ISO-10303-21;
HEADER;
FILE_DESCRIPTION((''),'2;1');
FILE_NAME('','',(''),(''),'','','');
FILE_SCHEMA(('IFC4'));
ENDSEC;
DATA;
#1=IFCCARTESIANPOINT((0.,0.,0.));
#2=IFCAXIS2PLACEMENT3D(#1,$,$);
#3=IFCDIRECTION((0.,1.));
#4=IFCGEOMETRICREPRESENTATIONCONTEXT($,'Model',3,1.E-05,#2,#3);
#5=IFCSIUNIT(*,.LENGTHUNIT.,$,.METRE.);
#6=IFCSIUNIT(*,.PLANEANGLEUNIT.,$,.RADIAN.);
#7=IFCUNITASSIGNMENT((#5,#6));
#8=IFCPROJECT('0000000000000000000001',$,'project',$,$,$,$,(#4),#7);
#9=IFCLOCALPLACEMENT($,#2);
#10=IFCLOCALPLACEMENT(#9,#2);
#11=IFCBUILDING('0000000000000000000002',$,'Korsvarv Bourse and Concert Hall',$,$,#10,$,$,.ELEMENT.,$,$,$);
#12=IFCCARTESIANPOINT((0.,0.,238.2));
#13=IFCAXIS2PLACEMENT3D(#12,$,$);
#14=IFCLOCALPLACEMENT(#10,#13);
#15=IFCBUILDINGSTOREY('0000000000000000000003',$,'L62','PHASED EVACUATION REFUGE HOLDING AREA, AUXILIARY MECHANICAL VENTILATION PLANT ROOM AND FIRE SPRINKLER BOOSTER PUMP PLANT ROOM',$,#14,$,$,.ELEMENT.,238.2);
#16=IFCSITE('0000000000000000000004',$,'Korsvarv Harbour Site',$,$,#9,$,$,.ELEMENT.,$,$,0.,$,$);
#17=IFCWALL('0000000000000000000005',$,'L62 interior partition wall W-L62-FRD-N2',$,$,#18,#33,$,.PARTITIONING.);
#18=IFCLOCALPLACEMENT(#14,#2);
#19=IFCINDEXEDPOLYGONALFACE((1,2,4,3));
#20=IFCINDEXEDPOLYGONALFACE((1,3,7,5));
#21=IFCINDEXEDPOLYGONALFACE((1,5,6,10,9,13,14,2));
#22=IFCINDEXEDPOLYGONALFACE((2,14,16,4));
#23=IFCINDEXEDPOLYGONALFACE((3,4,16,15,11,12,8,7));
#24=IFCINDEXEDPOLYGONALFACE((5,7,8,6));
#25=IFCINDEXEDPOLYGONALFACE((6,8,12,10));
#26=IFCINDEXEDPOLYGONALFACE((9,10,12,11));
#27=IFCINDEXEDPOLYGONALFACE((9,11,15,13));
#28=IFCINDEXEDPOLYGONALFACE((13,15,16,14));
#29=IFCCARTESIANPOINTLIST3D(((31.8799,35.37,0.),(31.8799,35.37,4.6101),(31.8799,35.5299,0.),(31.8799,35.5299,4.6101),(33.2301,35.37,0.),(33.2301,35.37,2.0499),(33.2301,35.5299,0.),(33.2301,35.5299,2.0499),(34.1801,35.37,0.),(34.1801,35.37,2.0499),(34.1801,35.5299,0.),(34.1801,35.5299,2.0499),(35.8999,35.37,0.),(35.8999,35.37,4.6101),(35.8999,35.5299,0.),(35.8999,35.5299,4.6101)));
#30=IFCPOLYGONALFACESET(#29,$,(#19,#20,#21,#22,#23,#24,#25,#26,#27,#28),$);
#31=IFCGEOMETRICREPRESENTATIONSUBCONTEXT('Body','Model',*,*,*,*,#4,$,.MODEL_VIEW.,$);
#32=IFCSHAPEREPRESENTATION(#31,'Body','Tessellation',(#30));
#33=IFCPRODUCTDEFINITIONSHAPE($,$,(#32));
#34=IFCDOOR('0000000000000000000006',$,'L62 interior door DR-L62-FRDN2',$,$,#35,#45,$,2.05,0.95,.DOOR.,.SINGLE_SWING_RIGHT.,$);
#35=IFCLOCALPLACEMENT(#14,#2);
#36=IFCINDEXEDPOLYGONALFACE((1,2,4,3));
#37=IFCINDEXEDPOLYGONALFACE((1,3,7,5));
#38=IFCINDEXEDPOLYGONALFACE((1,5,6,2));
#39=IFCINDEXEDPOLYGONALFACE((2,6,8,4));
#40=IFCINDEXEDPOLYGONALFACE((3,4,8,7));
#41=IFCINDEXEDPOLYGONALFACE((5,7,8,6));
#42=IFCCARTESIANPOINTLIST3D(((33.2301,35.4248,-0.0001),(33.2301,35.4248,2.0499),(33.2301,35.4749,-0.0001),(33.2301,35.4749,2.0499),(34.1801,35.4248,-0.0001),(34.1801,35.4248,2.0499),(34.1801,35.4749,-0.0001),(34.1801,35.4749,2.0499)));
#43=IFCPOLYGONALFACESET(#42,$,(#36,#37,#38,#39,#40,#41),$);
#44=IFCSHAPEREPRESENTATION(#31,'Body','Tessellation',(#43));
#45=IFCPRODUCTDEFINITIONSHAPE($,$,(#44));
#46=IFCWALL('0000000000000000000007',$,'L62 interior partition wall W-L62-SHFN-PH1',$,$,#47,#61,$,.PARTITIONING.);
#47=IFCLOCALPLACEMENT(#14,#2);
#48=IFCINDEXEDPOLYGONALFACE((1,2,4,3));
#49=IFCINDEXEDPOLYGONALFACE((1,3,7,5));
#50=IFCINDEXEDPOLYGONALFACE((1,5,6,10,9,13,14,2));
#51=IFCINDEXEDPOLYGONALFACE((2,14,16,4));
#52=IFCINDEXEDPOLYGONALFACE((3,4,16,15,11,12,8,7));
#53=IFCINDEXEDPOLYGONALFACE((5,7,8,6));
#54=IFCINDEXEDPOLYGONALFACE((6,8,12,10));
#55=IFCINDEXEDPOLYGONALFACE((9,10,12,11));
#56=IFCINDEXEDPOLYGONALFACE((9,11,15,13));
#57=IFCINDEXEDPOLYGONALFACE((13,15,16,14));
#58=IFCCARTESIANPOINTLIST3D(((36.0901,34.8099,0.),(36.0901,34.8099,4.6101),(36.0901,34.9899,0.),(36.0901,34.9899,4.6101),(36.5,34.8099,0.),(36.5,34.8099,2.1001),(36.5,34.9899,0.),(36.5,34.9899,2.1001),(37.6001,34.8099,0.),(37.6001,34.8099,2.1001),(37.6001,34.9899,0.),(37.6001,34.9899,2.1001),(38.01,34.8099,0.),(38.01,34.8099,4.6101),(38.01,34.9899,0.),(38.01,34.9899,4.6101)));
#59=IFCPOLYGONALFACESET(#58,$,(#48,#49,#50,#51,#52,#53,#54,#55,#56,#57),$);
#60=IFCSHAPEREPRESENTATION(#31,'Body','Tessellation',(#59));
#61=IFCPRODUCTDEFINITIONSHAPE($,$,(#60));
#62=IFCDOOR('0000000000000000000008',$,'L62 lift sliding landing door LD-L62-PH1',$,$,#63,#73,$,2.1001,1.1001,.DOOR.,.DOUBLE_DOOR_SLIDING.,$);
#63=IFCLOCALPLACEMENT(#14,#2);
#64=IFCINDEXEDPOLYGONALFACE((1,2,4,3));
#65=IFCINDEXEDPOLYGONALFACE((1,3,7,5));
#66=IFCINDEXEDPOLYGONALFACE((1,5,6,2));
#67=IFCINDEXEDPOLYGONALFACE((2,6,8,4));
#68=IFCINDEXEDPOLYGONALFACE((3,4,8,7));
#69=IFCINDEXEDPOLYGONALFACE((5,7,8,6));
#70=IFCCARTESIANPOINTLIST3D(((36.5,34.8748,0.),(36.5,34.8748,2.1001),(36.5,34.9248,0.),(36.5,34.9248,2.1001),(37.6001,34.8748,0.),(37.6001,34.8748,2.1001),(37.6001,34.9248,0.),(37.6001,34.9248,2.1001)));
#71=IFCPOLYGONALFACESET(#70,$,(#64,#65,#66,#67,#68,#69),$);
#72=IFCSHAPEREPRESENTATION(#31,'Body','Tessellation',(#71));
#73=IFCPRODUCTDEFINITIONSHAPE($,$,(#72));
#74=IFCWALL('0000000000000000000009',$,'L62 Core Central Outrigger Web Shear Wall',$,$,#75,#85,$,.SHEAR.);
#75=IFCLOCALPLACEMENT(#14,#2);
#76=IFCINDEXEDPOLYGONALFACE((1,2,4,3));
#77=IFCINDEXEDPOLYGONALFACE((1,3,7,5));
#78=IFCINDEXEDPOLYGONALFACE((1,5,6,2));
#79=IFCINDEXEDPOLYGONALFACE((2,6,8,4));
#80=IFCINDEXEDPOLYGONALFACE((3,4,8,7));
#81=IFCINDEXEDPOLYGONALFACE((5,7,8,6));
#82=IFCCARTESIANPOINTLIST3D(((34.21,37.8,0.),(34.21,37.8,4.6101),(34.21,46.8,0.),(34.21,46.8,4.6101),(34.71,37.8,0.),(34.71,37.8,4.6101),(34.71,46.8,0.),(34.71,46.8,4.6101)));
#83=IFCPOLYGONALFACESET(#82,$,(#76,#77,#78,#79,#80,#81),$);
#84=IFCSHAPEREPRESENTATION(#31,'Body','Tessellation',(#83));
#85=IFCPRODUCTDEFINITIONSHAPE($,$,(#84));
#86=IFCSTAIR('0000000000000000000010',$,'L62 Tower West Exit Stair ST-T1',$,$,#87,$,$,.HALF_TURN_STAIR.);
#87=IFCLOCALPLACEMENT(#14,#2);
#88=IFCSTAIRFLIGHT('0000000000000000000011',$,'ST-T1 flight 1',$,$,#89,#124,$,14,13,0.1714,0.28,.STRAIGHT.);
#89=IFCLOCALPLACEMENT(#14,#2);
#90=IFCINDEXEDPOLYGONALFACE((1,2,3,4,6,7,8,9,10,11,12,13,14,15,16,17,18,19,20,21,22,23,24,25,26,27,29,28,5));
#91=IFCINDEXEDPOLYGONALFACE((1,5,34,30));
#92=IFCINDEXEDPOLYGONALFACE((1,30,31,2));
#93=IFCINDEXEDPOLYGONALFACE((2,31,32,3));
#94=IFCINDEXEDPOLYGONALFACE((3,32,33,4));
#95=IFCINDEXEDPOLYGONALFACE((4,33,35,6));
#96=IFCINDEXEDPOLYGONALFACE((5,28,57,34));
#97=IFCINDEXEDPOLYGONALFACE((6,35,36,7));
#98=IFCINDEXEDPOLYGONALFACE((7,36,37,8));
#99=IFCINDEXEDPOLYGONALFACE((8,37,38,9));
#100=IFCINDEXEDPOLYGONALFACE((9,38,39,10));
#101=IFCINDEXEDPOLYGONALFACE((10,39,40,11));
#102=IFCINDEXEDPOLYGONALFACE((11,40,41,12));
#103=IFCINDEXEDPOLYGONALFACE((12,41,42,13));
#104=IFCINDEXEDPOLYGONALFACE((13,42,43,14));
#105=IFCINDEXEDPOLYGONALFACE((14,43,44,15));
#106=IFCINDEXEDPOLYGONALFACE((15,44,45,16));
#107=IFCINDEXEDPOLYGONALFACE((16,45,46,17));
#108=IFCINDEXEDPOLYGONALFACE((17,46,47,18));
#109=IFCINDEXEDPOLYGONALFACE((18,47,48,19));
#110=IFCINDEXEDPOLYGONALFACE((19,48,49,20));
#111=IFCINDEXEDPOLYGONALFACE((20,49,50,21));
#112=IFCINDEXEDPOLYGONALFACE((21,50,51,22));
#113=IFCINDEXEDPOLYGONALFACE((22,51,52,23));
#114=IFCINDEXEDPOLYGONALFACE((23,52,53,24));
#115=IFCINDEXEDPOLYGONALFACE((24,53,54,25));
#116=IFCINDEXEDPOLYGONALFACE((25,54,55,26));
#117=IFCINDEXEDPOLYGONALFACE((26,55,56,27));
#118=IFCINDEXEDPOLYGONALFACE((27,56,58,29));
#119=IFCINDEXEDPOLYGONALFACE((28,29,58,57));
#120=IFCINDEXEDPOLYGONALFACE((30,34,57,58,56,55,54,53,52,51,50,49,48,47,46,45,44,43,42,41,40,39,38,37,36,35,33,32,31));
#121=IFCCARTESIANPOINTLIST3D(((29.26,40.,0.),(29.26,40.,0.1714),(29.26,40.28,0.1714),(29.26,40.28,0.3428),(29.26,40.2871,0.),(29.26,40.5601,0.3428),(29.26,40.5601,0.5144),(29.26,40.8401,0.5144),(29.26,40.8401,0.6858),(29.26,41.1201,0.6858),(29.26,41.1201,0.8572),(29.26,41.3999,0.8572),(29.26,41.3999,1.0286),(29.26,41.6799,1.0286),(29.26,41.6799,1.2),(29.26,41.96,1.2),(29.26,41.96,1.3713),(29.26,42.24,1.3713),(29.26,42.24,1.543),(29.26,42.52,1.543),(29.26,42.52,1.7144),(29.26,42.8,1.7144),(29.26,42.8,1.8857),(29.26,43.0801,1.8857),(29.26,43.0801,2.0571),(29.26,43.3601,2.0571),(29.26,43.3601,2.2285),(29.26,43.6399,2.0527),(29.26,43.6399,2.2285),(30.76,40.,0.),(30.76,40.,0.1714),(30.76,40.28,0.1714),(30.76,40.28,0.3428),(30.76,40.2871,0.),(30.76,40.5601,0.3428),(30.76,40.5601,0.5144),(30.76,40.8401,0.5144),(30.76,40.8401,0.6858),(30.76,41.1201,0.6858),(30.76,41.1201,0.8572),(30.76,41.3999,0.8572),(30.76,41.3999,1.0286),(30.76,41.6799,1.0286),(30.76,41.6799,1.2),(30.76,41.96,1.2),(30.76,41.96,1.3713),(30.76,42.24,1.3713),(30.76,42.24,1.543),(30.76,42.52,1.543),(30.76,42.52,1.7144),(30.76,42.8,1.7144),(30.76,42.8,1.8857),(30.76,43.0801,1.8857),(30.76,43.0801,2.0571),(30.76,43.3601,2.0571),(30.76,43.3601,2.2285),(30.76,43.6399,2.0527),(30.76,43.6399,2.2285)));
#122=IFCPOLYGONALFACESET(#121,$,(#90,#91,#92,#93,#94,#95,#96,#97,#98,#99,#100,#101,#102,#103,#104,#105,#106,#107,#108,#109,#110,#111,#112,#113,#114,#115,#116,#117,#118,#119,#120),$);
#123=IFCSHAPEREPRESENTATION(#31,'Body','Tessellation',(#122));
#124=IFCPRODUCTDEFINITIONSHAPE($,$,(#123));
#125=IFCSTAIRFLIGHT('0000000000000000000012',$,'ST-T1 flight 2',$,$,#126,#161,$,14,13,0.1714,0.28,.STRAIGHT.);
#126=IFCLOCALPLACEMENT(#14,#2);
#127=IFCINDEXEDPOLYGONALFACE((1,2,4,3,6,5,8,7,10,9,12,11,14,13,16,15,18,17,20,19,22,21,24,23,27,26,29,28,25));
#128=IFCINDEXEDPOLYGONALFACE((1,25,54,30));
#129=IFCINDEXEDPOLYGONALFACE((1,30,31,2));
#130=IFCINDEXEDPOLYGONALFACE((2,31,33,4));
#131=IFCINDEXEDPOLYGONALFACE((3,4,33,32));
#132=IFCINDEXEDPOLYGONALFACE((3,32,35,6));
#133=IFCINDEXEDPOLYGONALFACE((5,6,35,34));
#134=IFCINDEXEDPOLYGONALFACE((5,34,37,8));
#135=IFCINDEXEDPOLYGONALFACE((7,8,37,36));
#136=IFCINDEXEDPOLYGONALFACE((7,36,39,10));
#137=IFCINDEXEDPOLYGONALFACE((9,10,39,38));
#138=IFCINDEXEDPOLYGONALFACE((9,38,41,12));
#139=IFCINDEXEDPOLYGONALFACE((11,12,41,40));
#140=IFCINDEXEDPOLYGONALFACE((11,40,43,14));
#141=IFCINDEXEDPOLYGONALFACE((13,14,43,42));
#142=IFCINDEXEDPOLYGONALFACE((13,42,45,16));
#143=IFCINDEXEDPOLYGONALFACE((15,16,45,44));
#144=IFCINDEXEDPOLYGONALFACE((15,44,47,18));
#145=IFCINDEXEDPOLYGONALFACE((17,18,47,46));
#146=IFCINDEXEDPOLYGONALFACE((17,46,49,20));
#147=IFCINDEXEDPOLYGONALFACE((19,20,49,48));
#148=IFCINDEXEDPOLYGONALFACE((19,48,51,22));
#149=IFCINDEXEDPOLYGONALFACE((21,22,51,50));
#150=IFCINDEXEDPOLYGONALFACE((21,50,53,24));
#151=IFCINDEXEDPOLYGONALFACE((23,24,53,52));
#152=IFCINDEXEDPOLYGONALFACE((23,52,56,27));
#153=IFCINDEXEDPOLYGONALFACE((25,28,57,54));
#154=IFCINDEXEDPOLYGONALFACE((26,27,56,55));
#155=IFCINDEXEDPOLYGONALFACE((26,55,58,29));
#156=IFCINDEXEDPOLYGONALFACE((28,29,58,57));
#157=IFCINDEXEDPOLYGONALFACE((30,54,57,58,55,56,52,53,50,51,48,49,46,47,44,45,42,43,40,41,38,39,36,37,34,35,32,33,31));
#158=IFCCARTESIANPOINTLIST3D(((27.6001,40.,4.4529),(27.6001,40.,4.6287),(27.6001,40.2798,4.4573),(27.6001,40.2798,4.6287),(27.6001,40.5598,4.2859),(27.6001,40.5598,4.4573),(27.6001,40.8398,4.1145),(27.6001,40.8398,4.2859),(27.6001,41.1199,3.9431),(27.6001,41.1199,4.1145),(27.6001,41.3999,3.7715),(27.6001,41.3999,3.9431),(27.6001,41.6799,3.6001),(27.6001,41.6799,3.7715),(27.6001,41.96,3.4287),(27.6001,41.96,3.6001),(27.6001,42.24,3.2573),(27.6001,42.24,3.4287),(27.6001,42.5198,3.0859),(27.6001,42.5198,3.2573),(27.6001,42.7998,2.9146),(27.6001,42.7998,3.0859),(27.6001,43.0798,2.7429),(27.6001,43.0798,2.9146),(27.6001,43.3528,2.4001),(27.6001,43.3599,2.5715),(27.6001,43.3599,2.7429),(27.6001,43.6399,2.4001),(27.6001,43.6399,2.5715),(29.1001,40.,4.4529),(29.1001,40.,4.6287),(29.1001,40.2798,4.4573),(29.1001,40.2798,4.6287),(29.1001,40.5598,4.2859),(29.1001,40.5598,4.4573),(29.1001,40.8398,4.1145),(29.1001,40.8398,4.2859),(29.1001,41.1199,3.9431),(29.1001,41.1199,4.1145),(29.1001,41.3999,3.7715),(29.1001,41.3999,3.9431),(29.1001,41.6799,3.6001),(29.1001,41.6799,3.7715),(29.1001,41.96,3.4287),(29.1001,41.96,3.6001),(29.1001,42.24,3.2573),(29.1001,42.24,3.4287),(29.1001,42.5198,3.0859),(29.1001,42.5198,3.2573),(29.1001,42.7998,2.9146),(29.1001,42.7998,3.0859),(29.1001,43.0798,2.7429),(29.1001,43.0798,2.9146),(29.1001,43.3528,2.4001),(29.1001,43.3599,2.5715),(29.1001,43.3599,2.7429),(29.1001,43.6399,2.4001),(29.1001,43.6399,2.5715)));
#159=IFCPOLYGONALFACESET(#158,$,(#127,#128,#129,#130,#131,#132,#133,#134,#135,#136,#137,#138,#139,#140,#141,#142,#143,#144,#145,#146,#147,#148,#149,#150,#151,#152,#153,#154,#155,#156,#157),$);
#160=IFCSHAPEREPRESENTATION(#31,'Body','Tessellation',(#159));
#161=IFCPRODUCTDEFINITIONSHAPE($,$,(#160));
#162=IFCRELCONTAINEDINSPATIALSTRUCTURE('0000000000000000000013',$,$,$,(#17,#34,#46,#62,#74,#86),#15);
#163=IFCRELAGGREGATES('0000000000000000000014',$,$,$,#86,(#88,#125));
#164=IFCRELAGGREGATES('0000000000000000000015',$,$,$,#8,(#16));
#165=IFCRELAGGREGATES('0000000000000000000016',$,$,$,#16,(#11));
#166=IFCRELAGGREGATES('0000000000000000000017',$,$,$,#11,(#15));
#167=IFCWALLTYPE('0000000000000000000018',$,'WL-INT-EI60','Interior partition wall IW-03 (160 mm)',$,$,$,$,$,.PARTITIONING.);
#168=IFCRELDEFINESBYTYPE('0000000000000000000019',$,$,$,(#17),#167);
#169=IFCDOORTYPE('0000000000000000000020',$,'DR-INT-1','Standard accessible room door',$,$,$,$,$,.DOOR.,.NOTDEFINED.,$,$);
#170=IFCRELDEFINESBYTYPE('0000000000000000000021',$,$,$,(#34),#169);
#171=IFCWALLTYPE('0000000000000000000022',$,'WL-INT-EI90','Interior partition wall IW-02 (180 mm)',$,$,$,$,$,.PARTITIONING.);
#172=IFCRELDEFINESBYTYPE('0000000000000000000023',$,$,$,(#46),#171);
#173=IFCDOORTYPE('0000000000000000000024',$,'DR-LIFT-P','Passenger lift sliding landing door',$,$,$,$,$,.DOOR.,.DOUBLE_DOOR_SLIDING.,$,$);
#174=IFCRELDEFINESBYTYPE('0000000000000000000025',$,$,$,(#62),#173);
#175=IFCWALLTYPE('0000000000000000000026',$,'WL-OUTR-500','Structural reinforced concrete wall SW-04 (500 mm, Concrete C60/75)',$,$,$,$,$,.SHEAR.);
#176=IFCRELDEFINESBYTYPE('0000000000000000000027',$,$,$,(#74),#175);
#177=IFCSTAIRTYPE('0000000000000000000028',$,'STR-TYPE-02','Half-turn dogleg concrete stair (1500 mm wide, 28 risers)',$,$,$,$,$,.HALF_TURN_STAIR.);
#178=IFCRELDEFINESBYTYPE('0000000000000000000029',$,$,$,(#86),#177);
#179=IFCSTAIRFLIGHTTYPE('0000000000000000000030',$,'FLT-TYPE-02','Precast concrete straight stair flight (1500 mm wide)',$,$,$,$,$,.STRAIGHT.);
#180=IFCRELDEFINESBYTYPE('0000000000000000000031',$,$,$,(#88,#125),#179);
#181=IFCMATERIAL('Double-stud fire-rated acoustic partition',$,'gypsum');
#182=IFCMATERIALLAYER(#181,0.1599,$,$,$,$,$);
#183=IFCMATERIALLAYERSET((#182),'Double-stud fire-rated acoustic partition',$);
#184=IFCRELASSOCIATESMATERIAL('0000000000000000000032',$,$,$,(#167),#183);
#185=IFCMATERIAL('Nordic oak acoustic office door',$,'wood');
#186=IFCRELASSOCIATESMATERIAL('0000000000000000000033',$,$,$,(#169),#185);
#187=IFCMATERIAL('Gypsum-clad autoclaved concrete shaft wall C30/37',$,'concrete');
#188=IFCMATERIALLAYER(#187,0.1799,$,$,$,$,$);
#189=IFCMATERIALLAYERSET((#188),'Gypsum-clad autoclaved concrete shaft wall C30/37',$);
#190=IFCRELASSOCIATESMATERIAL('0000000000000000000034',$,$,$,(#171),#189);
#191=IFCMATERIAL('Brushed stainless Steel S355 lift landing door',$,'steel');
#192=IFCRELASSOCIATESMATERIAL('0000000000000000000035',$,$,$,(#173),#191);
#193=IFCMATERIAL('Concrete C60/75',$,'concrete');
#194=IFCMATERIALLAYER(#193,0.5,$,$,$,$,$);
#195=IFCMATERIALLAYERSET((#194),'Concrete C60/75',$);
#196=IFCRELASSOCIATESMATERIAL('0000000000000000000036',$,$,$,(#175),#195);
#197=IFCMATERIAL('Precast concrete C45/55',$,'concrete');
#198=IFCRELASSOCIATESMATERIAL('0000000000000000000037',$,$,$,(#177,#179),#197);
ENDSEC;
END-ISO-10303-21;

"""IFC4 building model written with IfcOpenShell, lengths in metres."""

from ifc_helpers import new_model, si_unit, direction, frame, frame_2d, origin, place, context, subcontext, project, spatial, polyline, rectangle, outline, extrude, material, layer, layer_set, type_object, element, fill, aggregate, save


model = new_model("IFC4")

# Units and contexts
model_context = context("Model", 3, precision=1e-05, world=origin(), true_north=direction((0.0, 1.0)))
body_context = subcontext(model_context, "Body", "Model", "MODEL_VIEW")
ifc_project = project(units=[si_unit("LENGTHUNIT", "METRE"), si_unit("PLANEANGLEUNIT", "RADIAN")], contexts=[model_context])

# Site, building, storey
site_placement = place(None, origin())
site = spatial("IfcSite", under=ifc_project, at=site_placement, Name="Korsvarv Harbour Site", CompositionType="ELEMENT", RefElevation=0.0)
building_placement = place(site_placement, origin())
building = spatial("IfcBuilding", under=site, at=building_placement, Name="Korsvarv Bourse and Concert Hall", CompositionType="ELEMENT")
storey_placement = place(building_placement, frame((0.0, 0.0, 238.2)))
storey = spatial("IfcBuildingStorey", under=building, at=storey_placement, Name="L62", Description="PHASED EVACUATION REFUGE HOLDING AREA, AUXILIARY MECHANICAL VENTILATION PLANT ROOM AND FIRE SPRINKLER BOOSTER PUMP PLANT ROOM", CompositionType="ELEMENT", Elevation=238.2)

# Shared definitions
ifc_material_1 = material(Name="Double-stud fire-rated acoustic partition", Category="gypsum")
ifc_layer_1 = layer(ifc_material_1, 0.1599)
ifc_layer_set_1 = layer_set([ifc_layer_1], Name="Double-stud fire-rated acoustic partition")
wall_type_1 = type_object("IfcWallType", Name="WL-INT-EI60", Description="Interior partition wall IW-03 (160 mm)", PredefinedType="PARTITIONING", material=ifc_layer_set_1)

# Walls, openings, doors
ifc_material_2 = material(Name="Nordic oak acoustic office door", Category="wood")
door_type_1 = type_object("IfcDoorType", Name="DR-INT-1", Description="Standard accessible room door", OperationType="NOTDEFINED", PredefinedType="DOOR", material=ifc_material_2)
wall_1_placement = place(storey_placement, frame((31.8799, 35.45, 0.0), z_axis=(0.0, 0.0, 1.0), x_axis=(1.0, 0.0, 0.0)))
wall_1 = element("IfcWall", 1, at=wall_1_placement, inside=storey, type_object=wall_type_1, Name="L62 interior partition wall W-L62-FRD-N2", PredefinedType="PARTITIONING", context=body_context, shape_type="SweptSolid", body=[
    extrude(rectangle(XDim=4.02, YDim=0.1599, at=frame_2d((2.01, 0.0))), origin(), (0.0, 0.0, 1.0), 4.6101),
])
opening_1_placement = place(wall_1_placement, frame((1.3501, 0.0, 0.0)))
opening_1 = element("IfcOpeningElement", 2, at=opening_1_placement, cuts=wall_1, PredefinedType="OPENING", context=body_context, shape_type="SweptSolid", body=[
    extrude(rectangle(XDim=0.95, YDim=2.05, at=frame_2d((0.4751, 1.0249))), frame((0.0, 0.0898, 0.0), z_axis=(0.0, -1.0, 0.0), x_axis=(1.0, 0.0, 0.0)), (0.0, 0.0, 1.0), 0.1799),
])
door_1_placement = place(opening_1_placement, origin())
door_1 = element("IfcDoor", 3, at=door_1_placement, inside=storey, type_object=door_type_1, Name="L62 interior door DR-L62-FRDN2", OperationType="SINGLE_SWING_RIGHT", OverallHeight=2.05, OverallWidth=0.95, PredefinedType="DOOR", context=body_context, shape_type="SweptSolid", body=[
    extrude(rectangle(XDim=0.95, YDim=2.05, at=frame_2d((0.4751, 1.0249))), frame((0.0, 0.0249, 0.0), z_axis=(0.0, -1.0, 0.0), x_axis=(1.0, 0.0, 0.0)), (0.0, 0.0, 1.0), 0.05),
])
fill(opening_1, door_1)
ifc_material_3 = material(Name="Gypsum-clad autoclaved concrete shaft wall C30/37", Category="concrete")
ifc_layer_2 = layer(ifc_material_3, 0.1799)
ifc_layer_set_2 = layer_set([ifc_layer_2], Name="Gypsum-clad autoclaved concrete shaft wall C30/37")
wall_type_2 = type_object("IfcWallType", Name="WL-INT-EI90", Description="Interior partition wall IW-02 (180 mm)", PredefinedType="PARTITIONING", material=ifc_layer_set_2)
wall_2_placement = place(storey_placement, frame((36.0901, 34.8999, 0.0), z_axis=(0.0, 0.0, 1.0), x_axis=(1.0, 0.0, 0.0)))
wall_2 = element("IfcWall", 4, at=wall_2_placement, inside=storey, type_object=wall_type_2, Name="L62 interior partition wall W-L62-SHFN-PH1", PredefinedType="PARTITIONING", context=body_context, shape_type="SweptSolid", body=[
    extrude(rectangle(XDim=1.9199, YDim=0.1799, at=frame_2d((0.96, 0.0))), origin(), (0.0, 0.0, 1.0), 4.6101),
])
opening_2_placement = place(wall_2_placement, frame((0.4099, 0.0, 0.0)))
opening_2 = element("IfcOpeningElement", 5, at=opening_2_placement, cuts=wall_2, PredefinedType="OPENING", context=body_context, shape_type="SweptSolid", body=[
    extrude(rectangle(XDim=1.1001, YDim=2.1001, at=frame_2d((0.55, 1.05))), frame((0.0, 0.1001, 0.0), z_axis=(0.0, -1.0, 0.0), x_axis=(1.0, 0.0, 0.0)), (0.0, 0.0, 1.0), 0.2),
])
ifc_material_4 = material(Name="Brushed stainless Steel S355 lift landing door", Category="steel")
door_type_2 = type_object("IfcDoorType", Name="DR-LIFT-P", Description="Passenger lift sliding landing door", OperationType="DOUBLE_DOOR_SLIDING", PredefinedType="DOOR", material=ifc_material_4)
door_2_placement = place(opening_2_placement, origin())
door_2 = element("IfcDoor", 6, at=door_2_placement, inside=storey, type_object=door_type_2, Name="L62 lift sliding landing door LD-L62-PH1", OperationType="DOUBLE_DOOR_SLIDING", OverallHeight=2.1001, OverallWidth=1.1001, PredefinedType="DOOR", context=body_context, shape_type="SweptSolid", body=[
    extrude(rectangle(XDim=1.1001, YDim=2.1001, at=frame_2d((0.55, 1.05))), frame((0.0, 0.0249, 0.0), z_axis=(0.0, -1.0, 0.0), x_axis=(1.0, 0.0, 0.0)), (0.0, 0.0, 1.0), 0.05),
])
fill(opening_2, door_2)

# Wall
ifc_material_5 = material(Name="Concrete C60/75", Category="concrete")
ifc_layer_3 = layer(ifc_material_5, 0.5)
ifc_layer_set_3 = layer_set([ifc_layer_3], Name="Concrete C60/75")
wall_type_3 = type_object("IfcWallType", Name="WL-OUTR-500", Description="Structural reinforced concrete wall SW-04 (500 mm, Concrete C60/75)", PredefinedType="SHEAR", material=ifc_layer_set_3)
wall_3_placement = place(storey_placement, frame((34.46, 37.8, 0.0), z_axis=(0.0, 0.0, 1.0), x_axis=(0.0, 1.0, 0.0)))
element("IfcWall", 7, at=wall_3_placement, inside=storey, type_object=wall_type_3, Name="L62 Core Central Outrigger Web Shear Wall", PredefinedType="SHEAR", context=body_context, shape_type="SweptSolid", body=[
    extrude(rectangle(XDim=9.0, YDim=0.5, at=frame_2d((4.5, 0.0))), origin(), (0.0, 0.0, 1.0), 4.6101),
])

# Stair, stair flights
ifc_material_6 = material(Name="Precast concrete C45/55", Category="concrete")
stair_type = type_object("IfcStairType", Name="STR-TYPE-02", Description="Half-turn dogleg concrete stair (1500 mm wide, 28 risers)", PredefinedType="HALF_TURN_STAIR", material=ifc_material_6)
stair_placement = place(storey_placement, origin())
stair = element("IfcStair", 8, at=stair_placement, inside=storey, type_object=stair_type, Name="L62 Tower West Exit Stair ST-T1", PredefinedType="HALF_TURN_STAIR")
stair_flight_type = type_object("IfcStairFlightType", Name="FLT-TYPE-02", Description="Precast concrete straight stair flight (1500 mm wide)", PredefinedType="STRAIGHT", material=ifc_material_6)
stair_flight_1_placement = place(storey_placement, frame((30.01, 40.0, 0.0), z_axis=(0.0, 0.0, 1.0), x_axis=(0.0, 1.0, 0.0)))
stair_flight_1 = element("IfcStairFlight", 9, at=stair_flight_1_placement, type_object=stair_flight_type, Name="ST-T1 flight 1", NumberOfRisers=14, NumberOfTreads=13, PredefinedType="STRAIGHT", RiserHeight=0.1714, TreadLength=0.28, context=body_context, shape_type="SweptSolid", body=[
    extrude(outline(polyline([(0.0, 0.0), (0.0, 0.1714), (0.28, 0.1714), (0.28, 0.3428), (0.5601, 0.3428), (0.5601, 0.5144), (0.8401, 0.5144), (0.8401, 0.6858), (1.1201, 0.6858), (1.1201, 0.8572), (1.3999, 0.8572), (1.3999, 1.0286), (1.6799, 1.0286), (1.6799, 1.2), (1.96, 1.2), (1.96, 1.3713), (2.24, 1.3713), (2.24, 1.543), (2.52, 1.543), (2.52, 1.7144), (2.8, 1.7144), (2.8, 1.8857), (3.0801, 1.8857), (3.0801, 2.0571), (3.3601, 2.0571), (3.3601, 2.2285), (3.6399, 2.2285), (3.6399, 2.3999), (3.6399, 2.0527), (0.2871, 0.0), (0.0, 0.0)])), frame((0.0, 0.75, 0.0), z_axis=(0.0, -1.0, 0.0), x_axis=(1.0, 0.0, 0.0)), (0.0, 0.0, 1.0), 1.5),
])
stair_flight_2_placement = place(storey_placement, frame((28.3501, 43.6399, 2.4001), z_axis=(0.0, 0.0, 1.0), x_axis=(0.0, -1.0, 0.0)))
stair_flight_2 = element("IfcStairFlight", 10, at=stair_flight_2_placement, type_object=stair_flight_type, Name="ST-T1 flight 2", NumberOfRisers=14, NumberOfTreads=13, PredefinedType="STRAIGHT", RiserHeight=0.1714, TreadLength=0.28, context=body_context, shape_type="SweptSolid", body=[
    extrude(outline(polyline([(0.0, 0.0), (0.0, 0.1714), (0.28, 0.1714), (0.28, 0.3428), (0.5601, 0.3428), (0.5601, 0.5144), (0.8401, 0.5144), (0.8401, 0.6858), (1.1201, 0.6858), (1.1201, 0.8572), (1.3999, 0.8572), (1.3999, 1.0286), (1.6799, 1.0286), (1.6799, 1.2), (1.96, 1.2), (1.96, 1.3713), (2.24, 1.3713), (2.24, 1.543), (2.52, 1.543), (2.52, 1.7144), (2.8, 1.7144), (2.8, 1.8857), (3.0801, 1.8857), (3.0801, 2.0571), (3.3601, 2.0571), (3.3601, 2.2285), (3.6399, 2.2285), (3.6399, 2.3999), (3.6399, 2.0527), (0.2871, 0.0), (0.0, 0.0)])), frame((0.0, 0.75, 0.0), z_axis=(0.0, -1.0, 0.0), x_axis=(1.0, 0.0, 0.0)), (0.0, 0.0, 1.0), 1.5),
])
aggregate(stair, [stair_flight_1, stair_flight_2])

save(model, "model.ifc")
